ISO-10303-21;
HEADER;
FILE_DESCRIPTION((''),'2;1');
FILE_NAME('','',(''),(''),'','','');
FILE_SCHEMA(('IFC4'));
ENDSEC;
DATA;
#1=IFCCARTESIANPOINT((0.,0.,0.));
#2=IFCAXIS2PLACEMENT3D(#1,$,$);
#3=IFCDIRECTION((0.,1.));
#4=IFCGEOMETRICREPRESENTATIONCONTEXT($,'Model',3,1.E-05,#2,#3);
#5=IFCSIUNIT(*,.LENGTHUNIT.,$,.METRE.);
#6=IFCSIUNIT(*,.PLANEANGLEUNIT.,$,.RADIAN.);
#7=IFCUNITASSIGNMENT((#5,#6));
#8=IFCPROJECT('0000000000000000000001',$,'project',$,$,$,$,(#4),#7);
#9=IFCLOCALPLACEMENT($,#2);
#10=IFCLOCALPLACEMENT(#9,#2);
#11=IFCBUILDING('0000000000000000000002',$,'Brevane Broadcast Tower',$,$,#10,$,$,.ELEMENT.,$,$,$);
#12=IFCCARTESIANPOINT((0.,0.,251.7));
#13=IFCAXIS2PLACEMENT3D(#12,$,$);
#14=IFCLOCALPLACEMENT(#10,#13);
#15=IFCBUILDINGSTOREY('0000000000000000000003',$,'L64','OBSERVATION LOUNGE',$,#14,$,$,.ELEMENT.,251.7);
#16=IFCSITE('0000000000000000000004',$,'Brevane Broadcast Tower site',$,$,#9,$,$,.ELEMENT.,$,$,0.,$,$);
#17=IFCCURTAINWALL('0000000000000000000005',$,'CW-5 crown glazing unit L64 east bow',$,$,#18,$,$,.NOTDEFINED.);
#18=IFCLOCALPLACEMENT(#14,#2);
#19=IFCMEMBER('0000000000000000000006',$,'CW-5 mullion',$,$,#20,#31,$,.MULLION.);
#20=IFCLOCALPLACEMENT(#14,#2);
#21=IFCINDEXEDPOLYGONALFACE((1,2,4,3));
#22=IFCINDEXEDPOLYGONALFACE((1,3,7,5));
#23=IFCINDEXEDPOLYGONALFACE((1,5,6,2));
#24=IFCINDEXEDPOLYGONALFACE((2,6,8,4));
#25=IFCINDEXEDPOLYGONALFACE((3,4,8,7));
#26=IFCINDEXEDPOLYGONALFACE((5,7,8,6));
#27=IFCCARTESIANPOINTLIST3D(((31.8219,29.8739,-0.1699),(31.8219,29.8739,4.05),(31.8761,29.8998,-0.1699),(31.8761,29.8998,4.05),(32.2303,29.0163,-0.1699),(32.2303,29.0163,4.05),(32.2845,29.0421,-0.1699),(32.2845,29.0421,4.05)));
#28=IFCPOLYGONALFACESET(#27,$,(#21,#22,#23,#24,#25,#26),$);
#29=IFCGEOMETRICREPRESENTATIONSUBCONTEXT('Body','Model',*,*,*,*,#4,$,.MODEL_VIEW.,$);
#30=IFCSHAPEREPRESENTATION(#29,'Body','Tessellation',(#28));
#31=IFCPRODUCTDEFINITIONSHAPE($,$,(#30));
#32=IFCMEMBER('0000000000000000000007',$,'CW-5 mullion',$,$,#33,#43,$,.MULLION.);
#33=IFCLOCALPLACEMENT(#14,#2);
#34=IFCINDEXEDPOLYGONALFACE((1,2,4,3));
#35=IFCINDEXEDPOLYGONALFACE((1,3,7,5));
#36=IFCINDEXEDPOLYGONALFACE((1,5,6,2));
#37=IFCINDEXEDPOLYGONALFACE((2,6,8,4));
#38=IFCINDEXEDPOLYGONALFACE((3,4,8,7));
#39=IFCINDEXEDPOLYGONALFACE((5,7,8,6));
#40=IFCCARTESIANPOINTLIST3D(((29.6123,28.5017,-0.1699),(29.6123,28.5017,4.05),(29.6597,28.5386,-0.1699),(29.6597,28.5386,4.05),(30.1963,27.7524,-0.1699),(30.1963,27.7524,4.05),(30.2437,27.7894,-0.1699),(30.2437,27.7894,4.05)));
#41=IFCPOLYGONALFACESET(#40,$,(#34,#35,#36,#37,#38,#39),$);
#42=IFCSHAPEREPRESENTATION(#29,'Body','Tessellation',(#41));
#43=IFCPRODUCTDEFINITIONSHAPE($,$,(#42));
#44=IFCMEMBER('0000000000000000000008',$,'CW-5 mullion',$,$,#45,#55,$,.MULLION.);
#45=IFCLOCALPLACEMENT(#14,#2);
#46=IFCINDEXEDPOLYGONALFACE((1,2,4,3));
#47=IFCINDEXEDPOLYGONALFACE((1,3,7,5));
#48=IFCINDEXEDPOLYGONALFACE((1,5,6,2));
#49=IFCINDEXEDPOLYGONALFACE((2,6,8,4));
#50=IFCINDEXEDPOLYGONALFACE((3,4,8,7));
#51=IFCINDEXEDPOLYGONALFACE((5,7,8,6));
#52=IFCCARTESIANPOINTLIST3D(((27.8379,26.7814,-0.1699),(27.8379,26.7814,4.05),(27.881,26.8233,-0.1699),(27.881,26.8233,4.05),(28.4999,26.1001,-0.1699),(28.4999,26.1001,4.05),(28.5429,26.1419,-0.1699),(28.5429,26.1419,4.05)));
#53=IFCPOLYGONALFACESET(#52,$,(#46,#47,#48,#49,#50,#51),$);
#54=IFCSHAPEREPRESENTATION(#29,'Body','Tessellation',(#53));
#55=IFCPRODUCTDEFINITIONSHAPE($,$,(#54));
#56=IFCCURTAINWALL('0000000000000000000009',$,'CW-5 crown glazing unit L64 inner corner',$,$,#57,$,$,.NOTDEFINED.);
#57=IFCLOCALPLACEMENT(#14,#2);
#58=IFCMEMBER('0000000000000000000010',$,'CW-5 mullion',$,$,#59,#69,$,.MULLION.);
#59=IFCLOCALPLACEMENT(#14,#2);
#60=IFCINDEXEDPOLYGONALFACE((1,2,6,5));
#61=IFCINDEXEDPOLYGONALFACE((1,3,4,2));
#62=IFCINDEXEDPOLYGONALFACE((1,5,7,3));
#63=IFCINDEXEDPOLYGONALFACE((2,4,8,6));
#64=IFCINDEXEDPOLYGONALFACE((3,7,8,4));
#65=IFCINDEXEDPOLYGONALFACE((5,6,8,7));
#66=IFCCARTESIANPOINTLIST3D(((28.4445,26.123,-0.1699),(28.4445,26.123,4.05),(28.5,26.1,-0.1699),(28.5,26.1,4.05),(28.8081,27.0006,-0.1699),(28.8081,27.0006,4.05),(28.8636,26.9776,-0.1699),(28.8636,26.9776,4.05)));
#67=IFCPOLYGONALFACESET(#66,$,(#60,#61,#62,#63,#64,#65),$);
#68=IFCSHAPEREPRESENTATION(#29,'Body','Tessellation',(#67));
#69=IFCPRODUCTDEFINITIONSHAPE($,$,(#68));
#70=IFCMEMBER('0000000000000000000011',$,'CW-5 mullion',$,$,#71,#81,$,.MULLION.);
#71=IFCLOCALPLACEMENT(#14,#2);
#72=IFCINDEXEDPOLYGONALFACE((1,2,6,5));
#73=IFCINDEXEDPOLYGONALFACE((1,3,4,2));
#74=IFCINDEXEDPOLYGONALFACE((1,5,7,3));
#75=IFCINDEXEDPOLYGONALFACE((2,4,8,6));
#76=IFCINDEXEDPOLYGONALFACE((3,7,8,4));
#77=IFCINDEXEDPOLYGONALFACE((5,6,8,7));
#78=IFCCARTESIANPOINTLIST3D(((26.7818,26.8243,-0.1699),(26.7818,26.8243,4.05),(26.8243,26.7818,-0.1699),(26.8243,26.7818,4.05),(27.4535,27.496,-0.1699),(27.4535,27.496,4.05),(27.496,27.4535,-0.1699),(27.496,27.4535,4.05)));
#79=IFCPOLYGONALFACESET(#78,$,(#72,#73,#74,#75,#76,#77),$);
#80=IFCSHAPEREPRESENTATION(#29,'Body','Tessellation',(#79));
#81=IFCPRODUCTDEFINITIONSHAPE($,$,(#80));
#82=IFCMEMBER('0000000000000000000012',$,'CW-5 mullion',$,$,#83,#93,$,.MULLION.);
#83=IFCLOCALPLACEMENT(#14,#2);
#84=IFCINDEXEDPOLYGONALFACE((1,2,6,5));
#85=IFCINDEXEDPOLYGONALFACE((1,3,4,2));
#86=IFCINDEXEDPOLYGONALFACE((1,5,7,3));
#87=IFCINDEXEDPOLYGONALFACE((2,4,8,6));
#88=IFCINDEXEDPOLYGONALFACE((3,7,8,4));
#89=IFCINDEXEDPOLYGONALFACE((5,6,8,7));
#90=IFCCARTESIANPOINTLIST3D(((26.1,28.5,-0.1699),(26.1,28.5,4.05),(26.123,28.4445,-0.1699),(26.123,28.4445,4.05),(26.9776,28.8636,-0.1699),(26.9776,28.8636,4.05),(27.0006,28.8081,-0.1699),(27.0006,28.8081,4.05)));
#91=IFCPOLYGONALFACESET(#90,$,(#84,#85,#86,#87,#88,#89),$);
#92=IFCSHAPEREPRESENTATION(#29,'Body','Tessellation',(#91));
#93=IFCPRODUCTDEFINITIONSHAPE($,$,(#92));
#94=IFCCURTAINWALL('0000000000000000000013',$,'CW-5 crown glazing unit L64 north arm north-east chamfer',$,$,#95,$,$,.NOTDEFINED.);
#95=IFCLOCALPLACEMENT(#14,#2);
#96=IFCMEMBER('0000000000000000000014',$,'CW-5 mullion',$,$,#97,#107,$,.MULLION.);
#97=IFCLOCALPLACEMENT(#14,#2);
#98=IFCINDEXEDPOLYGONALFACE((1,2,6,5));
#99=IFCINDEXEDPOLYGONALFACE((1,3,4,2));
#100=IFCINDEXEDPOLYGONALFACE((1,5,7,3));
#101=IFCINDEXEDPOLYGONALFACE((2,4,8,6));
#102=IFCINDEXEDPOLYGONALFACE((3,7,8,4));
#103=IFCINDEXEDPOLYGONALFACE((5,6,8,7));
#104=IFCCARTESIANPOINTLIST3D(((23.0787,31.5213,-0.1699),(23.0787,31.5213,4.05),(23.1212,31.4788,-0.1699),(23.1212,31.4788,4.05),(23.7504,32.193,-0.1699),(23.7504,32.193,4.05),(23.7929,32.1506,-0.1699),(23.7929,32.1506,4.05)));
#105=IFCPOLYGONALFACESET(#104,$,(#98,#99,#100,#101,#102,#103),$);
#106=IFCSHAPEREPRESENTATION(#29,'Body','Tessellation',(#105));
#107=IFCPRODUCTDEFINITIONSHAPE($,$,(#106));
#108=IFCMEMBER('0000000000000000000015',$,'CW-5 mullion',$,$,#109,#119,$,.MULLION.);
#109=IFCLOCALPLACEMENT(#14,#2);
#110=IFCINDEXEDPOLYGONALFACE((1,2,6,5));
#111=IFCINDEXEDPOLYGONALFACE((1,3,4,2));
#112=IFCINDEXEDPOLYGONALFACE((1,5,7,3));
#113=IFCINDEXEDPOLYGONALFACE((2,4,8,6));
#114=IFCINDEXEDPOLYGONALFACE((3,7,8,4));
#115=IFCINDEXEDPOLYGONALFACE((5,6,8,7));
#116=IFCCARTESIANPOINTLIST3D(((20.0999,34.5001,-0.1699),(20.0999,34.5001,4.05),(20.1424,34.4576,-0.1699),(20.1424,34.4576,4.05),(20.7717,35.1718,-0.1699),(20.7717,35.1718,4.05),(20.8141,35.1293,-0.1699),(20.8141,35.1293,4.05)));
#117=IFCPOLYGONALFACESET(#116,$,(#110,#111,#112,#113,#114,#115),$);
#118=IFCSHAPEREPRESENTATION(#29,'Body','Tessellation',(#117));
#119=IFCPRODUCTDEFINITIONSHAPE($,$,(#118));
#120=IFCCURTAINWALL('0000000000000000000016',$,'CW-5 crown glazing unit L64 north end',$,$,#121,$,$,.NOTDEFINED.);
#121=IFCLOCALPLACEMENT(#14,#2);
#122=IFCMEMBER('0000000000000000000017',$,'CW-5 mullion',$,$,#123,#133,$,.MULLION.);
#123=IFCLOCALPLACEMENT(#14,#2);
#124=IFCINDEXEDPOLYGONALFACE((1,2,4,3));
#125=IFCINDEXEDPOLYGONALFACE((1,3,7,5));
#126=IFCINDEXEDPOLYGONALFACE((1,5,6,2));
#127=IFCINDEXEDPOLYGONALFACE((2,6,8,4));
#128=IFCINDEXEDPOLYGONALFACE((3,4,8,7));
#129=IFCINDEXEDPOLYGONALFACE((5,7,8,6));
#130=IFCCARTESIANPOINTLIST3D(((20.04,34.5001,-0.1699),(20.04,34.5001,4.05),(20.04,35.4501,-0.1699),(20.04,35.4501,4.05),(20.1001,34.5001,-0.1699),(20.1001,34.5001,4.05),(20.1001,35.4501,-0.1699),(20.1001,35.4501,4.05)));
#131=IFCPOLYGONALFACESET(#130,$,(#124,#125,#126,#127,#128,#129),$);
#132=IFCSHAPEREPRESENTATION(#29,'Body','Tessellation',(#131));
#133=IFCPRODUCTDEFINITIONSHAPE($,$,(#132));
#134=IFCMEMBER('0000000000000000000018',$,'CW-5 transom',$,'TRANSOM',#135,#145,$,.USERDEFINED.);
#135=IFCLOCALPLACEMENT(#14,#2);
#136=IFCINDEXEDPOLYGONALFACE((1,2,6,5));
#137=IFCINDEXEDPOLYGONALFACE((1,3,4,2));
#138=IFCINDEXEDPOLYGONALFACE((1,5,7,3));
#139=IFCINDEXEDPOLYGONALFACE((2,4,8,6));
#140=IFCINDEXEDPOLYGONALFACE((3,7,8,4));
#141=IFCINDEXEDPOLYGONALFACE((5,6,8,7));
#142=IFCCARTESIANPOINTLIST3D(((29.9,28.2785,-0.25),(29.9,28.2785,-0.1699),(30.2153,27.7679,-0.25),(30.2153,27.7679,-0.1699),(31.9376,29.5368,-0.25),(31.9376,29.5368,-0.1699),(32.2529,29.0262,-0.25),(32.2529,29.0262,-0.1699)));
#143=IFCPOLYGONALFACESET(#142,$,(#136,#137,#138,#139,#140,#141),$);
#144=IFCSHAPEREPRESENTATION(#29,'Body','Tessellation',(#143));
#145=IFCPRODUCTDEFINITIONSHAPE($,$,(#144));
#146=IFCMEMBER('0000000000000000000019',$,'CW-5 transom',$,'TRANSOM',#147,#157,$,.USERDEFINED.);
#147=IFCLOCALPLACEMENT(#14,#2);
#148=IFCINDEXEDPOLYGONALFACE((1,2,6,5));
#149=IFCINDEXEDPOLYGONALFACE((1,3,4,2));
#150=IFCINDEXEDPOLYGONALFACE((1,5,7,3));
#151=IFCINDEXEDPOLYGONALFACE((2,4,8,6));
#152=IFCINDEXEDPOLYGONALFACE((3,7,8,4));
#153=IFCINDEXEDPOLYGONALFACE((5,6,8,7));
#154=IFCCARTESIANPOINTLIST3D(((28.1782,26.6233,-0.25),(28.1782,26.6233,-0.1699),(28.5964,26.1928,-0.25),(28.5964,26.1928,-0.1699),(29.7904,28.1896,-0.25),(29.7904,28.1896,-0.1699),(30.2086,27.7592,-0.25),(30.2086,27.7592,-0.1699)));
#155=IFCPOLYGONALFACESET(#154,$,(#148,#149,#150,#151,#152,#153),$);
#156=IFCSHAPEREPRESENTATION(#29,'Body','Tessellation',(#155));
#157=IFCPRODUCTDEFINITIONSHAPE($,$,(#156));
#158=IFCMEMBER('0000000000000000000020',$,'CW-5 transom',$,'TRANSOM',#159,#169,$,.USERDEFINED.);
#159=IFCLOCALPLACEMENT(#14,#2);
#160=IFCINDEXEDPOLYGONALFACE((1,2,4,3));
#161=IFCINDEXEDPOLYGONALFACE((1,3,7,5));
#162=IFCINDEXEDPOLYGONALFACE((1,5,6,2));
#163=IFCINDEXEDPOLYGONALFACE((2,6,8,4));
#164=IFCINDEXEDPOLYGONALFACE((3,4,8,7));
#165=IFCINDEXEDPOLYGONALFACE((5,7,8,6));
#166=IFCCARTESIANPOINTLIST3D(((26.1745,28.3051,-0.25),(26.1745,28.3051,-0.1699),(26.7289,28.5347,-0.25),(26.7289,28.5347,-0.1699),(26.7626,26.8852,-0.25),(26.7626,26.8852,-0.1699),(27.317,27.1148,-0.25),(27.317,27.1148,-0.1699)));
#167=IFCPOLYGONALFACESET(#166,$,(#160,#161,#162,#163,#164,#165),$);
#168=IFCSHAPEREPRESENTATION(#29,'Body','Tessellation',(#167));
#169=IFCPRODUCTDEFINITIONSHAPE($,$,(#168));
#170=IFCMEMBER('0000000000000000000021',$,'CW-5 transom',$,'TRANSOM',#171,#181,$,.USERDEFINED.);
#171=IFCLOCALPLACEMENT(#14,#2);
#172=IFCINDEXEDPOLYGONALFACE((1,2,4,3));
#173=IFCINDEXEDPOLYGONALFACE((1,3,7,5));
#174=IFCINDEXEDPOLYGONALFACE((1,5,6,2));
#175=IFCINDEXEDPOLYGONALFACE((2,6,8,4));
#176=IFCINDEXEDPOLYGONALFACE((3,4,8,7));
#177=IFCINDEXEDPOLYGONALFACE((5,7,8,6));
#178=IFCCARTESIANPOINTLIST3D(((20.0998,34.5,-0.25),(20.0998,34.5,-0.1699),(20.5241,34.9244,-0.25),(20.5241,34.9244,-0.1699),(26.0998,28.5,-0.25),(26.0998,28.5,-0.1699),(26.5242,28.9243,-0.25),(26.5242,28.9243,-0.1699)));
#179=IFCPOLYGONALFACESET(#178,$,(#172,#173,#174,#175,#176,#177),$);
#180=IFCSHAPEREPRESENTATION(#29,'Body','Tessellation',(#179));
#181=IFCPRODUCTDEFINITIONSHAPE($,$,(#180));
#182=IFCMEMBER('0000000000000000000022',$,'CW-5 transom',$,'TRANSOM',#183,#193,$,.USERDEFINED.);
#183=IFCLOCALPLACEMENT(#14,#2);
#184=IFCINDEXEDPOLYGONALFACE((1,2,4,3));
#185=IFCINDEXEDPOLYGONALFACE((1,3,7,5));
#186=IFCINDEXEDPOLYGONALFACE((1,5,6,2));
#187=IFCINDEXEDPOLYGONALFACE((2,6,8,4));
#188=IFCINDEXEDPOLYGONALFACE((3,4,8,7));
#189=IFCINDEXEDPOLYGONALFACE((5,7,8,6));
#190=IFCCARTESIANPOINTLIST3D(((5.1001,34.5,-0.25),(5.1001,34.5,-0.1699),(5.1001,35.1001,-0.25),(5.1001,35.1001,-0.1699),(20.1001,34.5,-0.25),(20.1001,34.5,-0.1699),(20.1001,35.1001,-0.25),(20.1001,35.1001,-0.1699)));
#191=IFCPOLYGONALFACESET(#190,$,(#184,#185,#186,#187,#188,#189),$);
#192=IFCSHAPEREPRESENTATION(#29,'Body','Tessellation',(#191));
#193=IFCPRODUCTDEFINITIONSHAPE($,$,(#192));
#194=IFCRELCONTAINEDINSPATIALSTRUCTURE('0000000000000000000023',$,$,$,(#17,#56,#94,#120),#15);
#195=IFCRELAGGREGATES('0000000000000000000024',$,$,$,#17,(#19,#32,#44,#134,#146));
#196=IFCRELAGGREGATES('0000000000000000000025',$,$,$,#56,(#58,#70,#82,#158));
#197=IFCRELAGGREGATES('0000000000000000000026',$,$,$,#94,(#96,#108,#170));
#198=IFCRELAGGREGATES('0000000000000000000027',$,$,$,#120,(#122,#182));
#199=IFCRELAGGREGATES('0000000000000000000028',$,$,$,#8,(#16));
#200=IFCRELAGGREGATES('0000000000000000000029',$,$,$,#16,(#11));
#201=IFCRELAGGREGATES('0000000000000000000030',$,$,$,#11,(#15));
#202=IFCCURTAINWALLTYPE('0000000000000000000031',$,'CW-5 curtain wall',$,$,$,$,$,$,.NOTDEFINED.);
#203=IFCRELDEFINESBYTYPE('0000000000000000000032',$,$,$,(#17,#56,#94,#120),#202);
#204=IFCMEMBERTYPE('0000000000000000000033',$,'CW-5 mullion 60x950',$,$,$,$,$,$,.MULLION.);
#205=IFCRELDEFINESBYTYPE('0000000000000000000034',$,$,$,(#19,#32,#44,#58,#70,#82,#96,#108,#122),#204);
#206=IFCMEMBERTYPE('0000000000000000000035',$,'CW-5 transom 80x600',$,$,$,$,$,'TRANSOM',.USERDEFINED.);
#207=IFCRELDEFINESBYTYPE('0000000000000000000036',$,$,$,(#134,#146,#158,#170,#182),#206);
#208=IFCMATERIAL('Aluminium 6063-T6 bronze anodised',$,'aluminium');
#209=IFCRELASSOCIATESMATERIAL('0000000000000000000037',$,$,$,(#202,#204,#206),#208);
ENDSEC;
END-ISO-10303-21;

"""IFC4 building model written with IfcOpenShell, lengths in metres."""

from ifc_helpers import new_model, si_unit, direction, frame, origin, origin_2d, place, context, subcontext, project, spatial, rectangle, extrude, material, material_profile, profile_set, type_object, element, aggregate, save


model = new_model("IFC4")

# Units and contexts
model_context = context("Model", 3, precision=1e-05, world=origin(), true_north=direction((0.0, 1.0)))
body_context = subcontext(model_context, "Body", "Model", "MODEL_VIEW")
ifc_project = project(units=[si_unit("LENGTHUNIT", "METRE"), si_unit("PLANEANGLEUNIT", "RADIAN")], contexts=[model_context])

# Site, building, storey
site_placement = place(None, origin())
site = spatial("IfcSite", under=ifc_project, at=site_placement, Name="Brevane Broadcast Tower site", CompositionType="ELEMENT", RefElevation=0.0)
building_placement = place(site_placement, origin())
building = spatial("IfcBuilding", under=site, at=building_placement, Name="Brevane Broadcast Tower", CompositionType="ELEMENT")
storey_placement = place(building_placement, frame((0.0, 0.0, 251.7)))
storey = spatial("IfcBuildingStorey", under=building, at=storey_placement, Name="L64", Description="OBSERVATION LOUNGE", CompositionType="ELEMENT", Elevation=251.7)

# Curtain walls, members
ifc_material_1 = material(Name="Aluminium 6063-T6 bronze anodised", Category="aluminium")
curtain_wall_type = type_object("IfcCurtainWallType", Name="CW-5 curtain wall", PredefinedType="NOTDEFINED", material=ifc_material_1)
curtain_wall_1_placement = place(storey_placement, origin())
curtain_wall_1 = element("IfcCurtainWall", 1, at=curtain_wall_1_placement, inside=storey, type_object=curtain_wall_type, Name="CW-5 crown glazing unit L64 east bow", PredefinedType="NOTDEFINED")
ifc_material_profile_1 = material_profile(ifc_material_1, rectangle(XDim=0.95, YDim=0.0601, at=origin_2d()), Name="RECT 60x950")
ifc_profile_set_1 = profile_set([ifc_material_profile_1], Name="Aluminium 6063-T6 bronze anodised")
member_type_1 = type_object("IfcMemberType", Name="CW-5 mullion 60x950", PredefinedType="MULLION", material=ifc_profile_set_1)
member_1_placement = place(storey_placement, frame((32.0532, 29.458, -0.1699), z_axis=(0.0, 0.0, 1.0), x_axis=(0.429934, -0.902861, 0.0)))
member_1 = element("IfcMember", 2, at=member_1_placement, type_object=member_type_1, Name="CW-5 mullion", PredefinedType="MULLION", context=body_context, shape_type="SweptSolid", body=[
    extrude(rectangle(XDim=0.95, YDim=0.0601, at=origin_2d()), origin(), (0.0, 0.0, 1.0), 4.22),
])
member_2_placement = place(storey_placement, frame((29.928, 28.1455, -0.1699), z_axis=(0.0, 0.0, 1.0), x_axis=(0.61477, -0.788707, 0.0)))
member_2 = element("IfcMember", 3, at=member_2_placement, type_object=member_type_1, Name="CW-5 mullion", PredefinedType="MULLION", context=body_context, shape_type="SweptSolid", body=[
    extrude(rectangle(XDim=0.95, YDim=0.0601, at=origin_2d()), origin(), (0.0, 0.0, 1.0), 4.22),
])
member_3_placement = place(storey_placement, frame((28.1904, 26.4617, -0.1699), z_axis=(0.0, 0.0, 1.0), x_axis=(0.696812, -0.717254, 0.0)))
member_3 = element("IfcMember", 4, at=member_3_placement, type_object=member_type_1, Name="CW-5 mullion", PredefinedType="MULLION", context=body_context, shape_type="SweptSolid", body=[
    extrude(rectangle(XDim=0.95, YDim=0.0601, at=origin_2d()), origin(), (0.0, 0.0, 1.0), 4.22),
])
curtain_wall_2_placement = place(storey_placement, origin())
curtain_wall_2 = element("IfcCurtainWall", 5, at=curtain_wall_2_placement, inside=storey, type_object=curtain_wall_type, Name="CW-5 crown glazing unit L64 inner corner", PredefinedType="NOTDEFINED")
member_4_placement = place(storey_placement, frame((28.6541, 26.5503, -0.1699), z_axis=(0.0, 0.0, 1.0), x_axis=(-0.382683, -0.92388, 0.0)))
member_4 = element("IfcMember", 6, at=member_4_placement, type_object=member_type_1, Name="CW-5 mullion", PredefinedType="MULLION", context=body_context, shape_type="SweptSolid", body=[
    extrude(rectangle(XDim=0.95, YDim=0.0601, at=origin_2d()), origin(), (0.0, 0.0, 1.0), 4.22),
])
member_5_placement = place(storey_placement, frame((27.1389, 27.1389, -0.1699), z_axis=(0.0, 0.0, 1.0), x_axis=(-0.707107, -0.707107, 0.0)))
member_5 = element("IfcMember", 7, at=member_5_placement, type_object=member_type_1, Name="CW-5 mullion", PredefinedType="MULLION", context=body_context, shape_type="SweptSolid", body=[
    extrude(rectangle(XDim=0.95, YDim=0.0601, at=origin_2d()), origin(), (0.0, 0.0, 1.0), 4.22),
])
member_6_placement = place(storey_placement, frame((26.5503, 28.6541, -0.1699), z_axis=(0.0, 0.0, 1.0), x_axis=(-0.92388, -0.382683, 0.0)))
member_6 = element("IfcMember", 8, at=member_6_placement, type_object=member_type_1, Name="CW-5 mullion", PredefinedType="MULLION", context=body_context, shape_type="SweptSolid", body=[
    extrude(rectangle(XDim=0.95, YDim=0.0601, at=origin_2d()), origin(), (0.0, 0.0, 1.0), 4.22),
])
curtain_wall_3_placement = place(storey_placement, origin())
curtain_wall_3 = element("IfcCurtainWall", 9, at=curtain_wall_3_placement, inside=storey, type_object=curtain_wall_type, Name="CW-5 crown glazing unit L64 north arm north-east chamfer", PredefinedType="NOTDEFINED")
member_7_placement = place(storey_placement, frame((23.4358, 31.8359, -0.1699), z_axis=(0.0, 0.0, 1.0), x_axis=(-0.707107, -0.707107, 0.0)))
member_7 = element("IfcMember", 10, at=member_7_placement, type_object=member_type_1, Name="CW-5 mullion", PredefinedType="MULLION", context=body_context, shape_type="SweptSolid", body=[
    extrude(rectangle(XDim=0.95, YDim=0.0601, at=origin_2d()), origin(), (0.0, 0.0, 1.0), 4.22),
])
member_8_placement = place(storey_placement, frame((20.457, 34.8147, -0.1699), z_axis=(0.0, 0.0, 1.0), x_axis=(-0.707107, -0.707107, 0.0)))
member_8 = element("IfcMember", 11, at=member_8_placement, type_object=member_type_1, Name="CW-5 mullion", PredefinedType="MULLION", context=body_context, shape_type="SweptSolid", body=[
    extrude(rectangle(XDim=0.95, YDim=0.0601, at=origin_2d()), origin(), (0.0, 0.0, 1.0), 4.22),
])

# Curtain wall, member
curtain_wall_4_placement = place(storey_placement, origin())
curtain_wall_4 = element("IfcCurtainWall", 12, at=curtain_wall_4_placement, inside=storey, type_object=curtain_wall_type, Name="CW-5 crown glazing unit L64 north end", PredefinedType="NOTDEFINED")
member_9_placement = place(storey_placement, frame((20.0701, 34.9751, -0.1699), z_axis=(0.0, 0.0, 1.0), x_axis=(0.0, -1.0, 0.0)))
member_9 = element("IfcMember", 13, at=member_9_placement, type_object=member_type_1, Name="CW-5 mullion", PredefinedType="MULLION", context=body_context, shape_type="SweptSolid", body=[
    extrude(rectangle(XDim=0.95, YDim=0.0601, at=origin_2d()), origin(), (0.0, 0.0, 1.0), 4.22),
])

# Members
ifc_material_profile_2 = material_profile(ifc_material_1, rectangle(XDim=0.6001, YDim=0.0801, at=origin_2d()), Name="RECT 80x600")
ifc_profile_set_2 = profile_set([ifc_material_profile_2], Name="Aluminium 6063-T6 bronze anodised")
member_type_2 = type_object("IfcMemberType", Name="CW-5 transom 80x600", ElementType="TRANSOM", PredefinedType="USERDEFINED", material=ifc_profile_set_2)
member_10_placement = place(storey_placement, frame((32.0952, 29.2815, -0.21), z_axis=(-0.850838, -0.525428, 0.0), x_axis=(0.525428, -0.850838, 0.0)))
member_10 = element("IfcMember", 14, at=member_10_placement, type_object=member_type_2, Name="CW-5 transom", ObjectType="TRANSOM", PredefinedType="USERDEFINED", context=body_context, shape_type="SweptSolid", body=[
    extrude(rectangle(XDim=0.6001, YDim=0.0801, at=origin_2d()), origin(), (0.0, 0.0, 1.0), 2.3948),
])
member_11_placement = place(storey_placement, frame((29.9995, 27.9744, -0.21), z_axis=(-0.717242, -0.696824, 0.0), x_axis=(0.696824, -0.717242, 0.0)))
member_11 = element("IfcMember", 15, at=member_11_placement, type_object=member_type_2, Name="CW-5 transom", ObjectType="TRANSOM", PredefinedType="USERDEFINED", context=body_context, shape_type="SweptSolid", body=[
    extrude(rectangle(XDim=0.6001, YDim=0.0801, at=origin_2d()), origin(), (0.0, 0.0, 1.0), 2.2478),
])
aggregate(curtain_wall_1, [member_1, member_2, member_3, member_10, member_11])
member_12_placement = place(storey_placement, frame((27.0398, 27.0, -0.21), z_axis=(-0.382674, 0.923883, 0.0), x_axis=(-0.923883, -0.382674, 0.0)))
member_12 = element("IfcMember", 16, at=member_12_placement, type_object=member_type_2, Name="CW-5 transom", ObjectType="TRANSOM", PredefinedType="USERDEFINED", context=body_context, shape_type="SweptSolid", body=[
    extrude(rectangle(XDim=0.6001, YDim=0.0801, at=origin_2d()), origin(), (0.0, 0.0, 1.0), 1.5369),
])
aggregate(curtain_wall_2, [member_4, member_5, member_6, member_12])
member_13_placement = place(storey_placement, frame((26.312, 28.7122, -0.21), z_axis=(-0.707107, 0.707107, 0.0), x_axis=(-0.707107, -0.707107, 0.0)))
member_13 = element("IfcMember", 17, at=member_13_placement, type_object=member_type_2, Name="CW-5 transom", ObjectType="TRANSOM", PredefinedType="USERDEFINED", context=body_context, shape_type="SweptSolid", body=[
    extrude(rectangle(XDim=0.6001, YDim=0.0801, at=origin_2d()), origin(), (0.0, 0.0, 1.0), 8.4854),
])
aggregate(curtain_wall_3, [member_7, member_8, member_13])
member_14_placement = place(storey_placement, frame((20.1001, 34.8, -0.21), z_axis=(-1.0, 0.0, 0.0), x_axis=(0.0, -1.0, 0.0)))
member_14 = element("IfcMember", 18, at=member_14_placement, type_object=member_type_2, Name="CW-5 transom", ObjectType="TRANSOM", PredefinedType="USERDEFINED", context=body_context, shape_type="SweptSolid", body=[
    extrude(rectangle(XDim=0.6001, YDim=0.0801, at=origin_2d()), origin(), (0.0, 0.0, 1.0), 15.0),
])
aggregate(curtain_wall_4, [member_9, member_14])

save(model, "model.ifc")
